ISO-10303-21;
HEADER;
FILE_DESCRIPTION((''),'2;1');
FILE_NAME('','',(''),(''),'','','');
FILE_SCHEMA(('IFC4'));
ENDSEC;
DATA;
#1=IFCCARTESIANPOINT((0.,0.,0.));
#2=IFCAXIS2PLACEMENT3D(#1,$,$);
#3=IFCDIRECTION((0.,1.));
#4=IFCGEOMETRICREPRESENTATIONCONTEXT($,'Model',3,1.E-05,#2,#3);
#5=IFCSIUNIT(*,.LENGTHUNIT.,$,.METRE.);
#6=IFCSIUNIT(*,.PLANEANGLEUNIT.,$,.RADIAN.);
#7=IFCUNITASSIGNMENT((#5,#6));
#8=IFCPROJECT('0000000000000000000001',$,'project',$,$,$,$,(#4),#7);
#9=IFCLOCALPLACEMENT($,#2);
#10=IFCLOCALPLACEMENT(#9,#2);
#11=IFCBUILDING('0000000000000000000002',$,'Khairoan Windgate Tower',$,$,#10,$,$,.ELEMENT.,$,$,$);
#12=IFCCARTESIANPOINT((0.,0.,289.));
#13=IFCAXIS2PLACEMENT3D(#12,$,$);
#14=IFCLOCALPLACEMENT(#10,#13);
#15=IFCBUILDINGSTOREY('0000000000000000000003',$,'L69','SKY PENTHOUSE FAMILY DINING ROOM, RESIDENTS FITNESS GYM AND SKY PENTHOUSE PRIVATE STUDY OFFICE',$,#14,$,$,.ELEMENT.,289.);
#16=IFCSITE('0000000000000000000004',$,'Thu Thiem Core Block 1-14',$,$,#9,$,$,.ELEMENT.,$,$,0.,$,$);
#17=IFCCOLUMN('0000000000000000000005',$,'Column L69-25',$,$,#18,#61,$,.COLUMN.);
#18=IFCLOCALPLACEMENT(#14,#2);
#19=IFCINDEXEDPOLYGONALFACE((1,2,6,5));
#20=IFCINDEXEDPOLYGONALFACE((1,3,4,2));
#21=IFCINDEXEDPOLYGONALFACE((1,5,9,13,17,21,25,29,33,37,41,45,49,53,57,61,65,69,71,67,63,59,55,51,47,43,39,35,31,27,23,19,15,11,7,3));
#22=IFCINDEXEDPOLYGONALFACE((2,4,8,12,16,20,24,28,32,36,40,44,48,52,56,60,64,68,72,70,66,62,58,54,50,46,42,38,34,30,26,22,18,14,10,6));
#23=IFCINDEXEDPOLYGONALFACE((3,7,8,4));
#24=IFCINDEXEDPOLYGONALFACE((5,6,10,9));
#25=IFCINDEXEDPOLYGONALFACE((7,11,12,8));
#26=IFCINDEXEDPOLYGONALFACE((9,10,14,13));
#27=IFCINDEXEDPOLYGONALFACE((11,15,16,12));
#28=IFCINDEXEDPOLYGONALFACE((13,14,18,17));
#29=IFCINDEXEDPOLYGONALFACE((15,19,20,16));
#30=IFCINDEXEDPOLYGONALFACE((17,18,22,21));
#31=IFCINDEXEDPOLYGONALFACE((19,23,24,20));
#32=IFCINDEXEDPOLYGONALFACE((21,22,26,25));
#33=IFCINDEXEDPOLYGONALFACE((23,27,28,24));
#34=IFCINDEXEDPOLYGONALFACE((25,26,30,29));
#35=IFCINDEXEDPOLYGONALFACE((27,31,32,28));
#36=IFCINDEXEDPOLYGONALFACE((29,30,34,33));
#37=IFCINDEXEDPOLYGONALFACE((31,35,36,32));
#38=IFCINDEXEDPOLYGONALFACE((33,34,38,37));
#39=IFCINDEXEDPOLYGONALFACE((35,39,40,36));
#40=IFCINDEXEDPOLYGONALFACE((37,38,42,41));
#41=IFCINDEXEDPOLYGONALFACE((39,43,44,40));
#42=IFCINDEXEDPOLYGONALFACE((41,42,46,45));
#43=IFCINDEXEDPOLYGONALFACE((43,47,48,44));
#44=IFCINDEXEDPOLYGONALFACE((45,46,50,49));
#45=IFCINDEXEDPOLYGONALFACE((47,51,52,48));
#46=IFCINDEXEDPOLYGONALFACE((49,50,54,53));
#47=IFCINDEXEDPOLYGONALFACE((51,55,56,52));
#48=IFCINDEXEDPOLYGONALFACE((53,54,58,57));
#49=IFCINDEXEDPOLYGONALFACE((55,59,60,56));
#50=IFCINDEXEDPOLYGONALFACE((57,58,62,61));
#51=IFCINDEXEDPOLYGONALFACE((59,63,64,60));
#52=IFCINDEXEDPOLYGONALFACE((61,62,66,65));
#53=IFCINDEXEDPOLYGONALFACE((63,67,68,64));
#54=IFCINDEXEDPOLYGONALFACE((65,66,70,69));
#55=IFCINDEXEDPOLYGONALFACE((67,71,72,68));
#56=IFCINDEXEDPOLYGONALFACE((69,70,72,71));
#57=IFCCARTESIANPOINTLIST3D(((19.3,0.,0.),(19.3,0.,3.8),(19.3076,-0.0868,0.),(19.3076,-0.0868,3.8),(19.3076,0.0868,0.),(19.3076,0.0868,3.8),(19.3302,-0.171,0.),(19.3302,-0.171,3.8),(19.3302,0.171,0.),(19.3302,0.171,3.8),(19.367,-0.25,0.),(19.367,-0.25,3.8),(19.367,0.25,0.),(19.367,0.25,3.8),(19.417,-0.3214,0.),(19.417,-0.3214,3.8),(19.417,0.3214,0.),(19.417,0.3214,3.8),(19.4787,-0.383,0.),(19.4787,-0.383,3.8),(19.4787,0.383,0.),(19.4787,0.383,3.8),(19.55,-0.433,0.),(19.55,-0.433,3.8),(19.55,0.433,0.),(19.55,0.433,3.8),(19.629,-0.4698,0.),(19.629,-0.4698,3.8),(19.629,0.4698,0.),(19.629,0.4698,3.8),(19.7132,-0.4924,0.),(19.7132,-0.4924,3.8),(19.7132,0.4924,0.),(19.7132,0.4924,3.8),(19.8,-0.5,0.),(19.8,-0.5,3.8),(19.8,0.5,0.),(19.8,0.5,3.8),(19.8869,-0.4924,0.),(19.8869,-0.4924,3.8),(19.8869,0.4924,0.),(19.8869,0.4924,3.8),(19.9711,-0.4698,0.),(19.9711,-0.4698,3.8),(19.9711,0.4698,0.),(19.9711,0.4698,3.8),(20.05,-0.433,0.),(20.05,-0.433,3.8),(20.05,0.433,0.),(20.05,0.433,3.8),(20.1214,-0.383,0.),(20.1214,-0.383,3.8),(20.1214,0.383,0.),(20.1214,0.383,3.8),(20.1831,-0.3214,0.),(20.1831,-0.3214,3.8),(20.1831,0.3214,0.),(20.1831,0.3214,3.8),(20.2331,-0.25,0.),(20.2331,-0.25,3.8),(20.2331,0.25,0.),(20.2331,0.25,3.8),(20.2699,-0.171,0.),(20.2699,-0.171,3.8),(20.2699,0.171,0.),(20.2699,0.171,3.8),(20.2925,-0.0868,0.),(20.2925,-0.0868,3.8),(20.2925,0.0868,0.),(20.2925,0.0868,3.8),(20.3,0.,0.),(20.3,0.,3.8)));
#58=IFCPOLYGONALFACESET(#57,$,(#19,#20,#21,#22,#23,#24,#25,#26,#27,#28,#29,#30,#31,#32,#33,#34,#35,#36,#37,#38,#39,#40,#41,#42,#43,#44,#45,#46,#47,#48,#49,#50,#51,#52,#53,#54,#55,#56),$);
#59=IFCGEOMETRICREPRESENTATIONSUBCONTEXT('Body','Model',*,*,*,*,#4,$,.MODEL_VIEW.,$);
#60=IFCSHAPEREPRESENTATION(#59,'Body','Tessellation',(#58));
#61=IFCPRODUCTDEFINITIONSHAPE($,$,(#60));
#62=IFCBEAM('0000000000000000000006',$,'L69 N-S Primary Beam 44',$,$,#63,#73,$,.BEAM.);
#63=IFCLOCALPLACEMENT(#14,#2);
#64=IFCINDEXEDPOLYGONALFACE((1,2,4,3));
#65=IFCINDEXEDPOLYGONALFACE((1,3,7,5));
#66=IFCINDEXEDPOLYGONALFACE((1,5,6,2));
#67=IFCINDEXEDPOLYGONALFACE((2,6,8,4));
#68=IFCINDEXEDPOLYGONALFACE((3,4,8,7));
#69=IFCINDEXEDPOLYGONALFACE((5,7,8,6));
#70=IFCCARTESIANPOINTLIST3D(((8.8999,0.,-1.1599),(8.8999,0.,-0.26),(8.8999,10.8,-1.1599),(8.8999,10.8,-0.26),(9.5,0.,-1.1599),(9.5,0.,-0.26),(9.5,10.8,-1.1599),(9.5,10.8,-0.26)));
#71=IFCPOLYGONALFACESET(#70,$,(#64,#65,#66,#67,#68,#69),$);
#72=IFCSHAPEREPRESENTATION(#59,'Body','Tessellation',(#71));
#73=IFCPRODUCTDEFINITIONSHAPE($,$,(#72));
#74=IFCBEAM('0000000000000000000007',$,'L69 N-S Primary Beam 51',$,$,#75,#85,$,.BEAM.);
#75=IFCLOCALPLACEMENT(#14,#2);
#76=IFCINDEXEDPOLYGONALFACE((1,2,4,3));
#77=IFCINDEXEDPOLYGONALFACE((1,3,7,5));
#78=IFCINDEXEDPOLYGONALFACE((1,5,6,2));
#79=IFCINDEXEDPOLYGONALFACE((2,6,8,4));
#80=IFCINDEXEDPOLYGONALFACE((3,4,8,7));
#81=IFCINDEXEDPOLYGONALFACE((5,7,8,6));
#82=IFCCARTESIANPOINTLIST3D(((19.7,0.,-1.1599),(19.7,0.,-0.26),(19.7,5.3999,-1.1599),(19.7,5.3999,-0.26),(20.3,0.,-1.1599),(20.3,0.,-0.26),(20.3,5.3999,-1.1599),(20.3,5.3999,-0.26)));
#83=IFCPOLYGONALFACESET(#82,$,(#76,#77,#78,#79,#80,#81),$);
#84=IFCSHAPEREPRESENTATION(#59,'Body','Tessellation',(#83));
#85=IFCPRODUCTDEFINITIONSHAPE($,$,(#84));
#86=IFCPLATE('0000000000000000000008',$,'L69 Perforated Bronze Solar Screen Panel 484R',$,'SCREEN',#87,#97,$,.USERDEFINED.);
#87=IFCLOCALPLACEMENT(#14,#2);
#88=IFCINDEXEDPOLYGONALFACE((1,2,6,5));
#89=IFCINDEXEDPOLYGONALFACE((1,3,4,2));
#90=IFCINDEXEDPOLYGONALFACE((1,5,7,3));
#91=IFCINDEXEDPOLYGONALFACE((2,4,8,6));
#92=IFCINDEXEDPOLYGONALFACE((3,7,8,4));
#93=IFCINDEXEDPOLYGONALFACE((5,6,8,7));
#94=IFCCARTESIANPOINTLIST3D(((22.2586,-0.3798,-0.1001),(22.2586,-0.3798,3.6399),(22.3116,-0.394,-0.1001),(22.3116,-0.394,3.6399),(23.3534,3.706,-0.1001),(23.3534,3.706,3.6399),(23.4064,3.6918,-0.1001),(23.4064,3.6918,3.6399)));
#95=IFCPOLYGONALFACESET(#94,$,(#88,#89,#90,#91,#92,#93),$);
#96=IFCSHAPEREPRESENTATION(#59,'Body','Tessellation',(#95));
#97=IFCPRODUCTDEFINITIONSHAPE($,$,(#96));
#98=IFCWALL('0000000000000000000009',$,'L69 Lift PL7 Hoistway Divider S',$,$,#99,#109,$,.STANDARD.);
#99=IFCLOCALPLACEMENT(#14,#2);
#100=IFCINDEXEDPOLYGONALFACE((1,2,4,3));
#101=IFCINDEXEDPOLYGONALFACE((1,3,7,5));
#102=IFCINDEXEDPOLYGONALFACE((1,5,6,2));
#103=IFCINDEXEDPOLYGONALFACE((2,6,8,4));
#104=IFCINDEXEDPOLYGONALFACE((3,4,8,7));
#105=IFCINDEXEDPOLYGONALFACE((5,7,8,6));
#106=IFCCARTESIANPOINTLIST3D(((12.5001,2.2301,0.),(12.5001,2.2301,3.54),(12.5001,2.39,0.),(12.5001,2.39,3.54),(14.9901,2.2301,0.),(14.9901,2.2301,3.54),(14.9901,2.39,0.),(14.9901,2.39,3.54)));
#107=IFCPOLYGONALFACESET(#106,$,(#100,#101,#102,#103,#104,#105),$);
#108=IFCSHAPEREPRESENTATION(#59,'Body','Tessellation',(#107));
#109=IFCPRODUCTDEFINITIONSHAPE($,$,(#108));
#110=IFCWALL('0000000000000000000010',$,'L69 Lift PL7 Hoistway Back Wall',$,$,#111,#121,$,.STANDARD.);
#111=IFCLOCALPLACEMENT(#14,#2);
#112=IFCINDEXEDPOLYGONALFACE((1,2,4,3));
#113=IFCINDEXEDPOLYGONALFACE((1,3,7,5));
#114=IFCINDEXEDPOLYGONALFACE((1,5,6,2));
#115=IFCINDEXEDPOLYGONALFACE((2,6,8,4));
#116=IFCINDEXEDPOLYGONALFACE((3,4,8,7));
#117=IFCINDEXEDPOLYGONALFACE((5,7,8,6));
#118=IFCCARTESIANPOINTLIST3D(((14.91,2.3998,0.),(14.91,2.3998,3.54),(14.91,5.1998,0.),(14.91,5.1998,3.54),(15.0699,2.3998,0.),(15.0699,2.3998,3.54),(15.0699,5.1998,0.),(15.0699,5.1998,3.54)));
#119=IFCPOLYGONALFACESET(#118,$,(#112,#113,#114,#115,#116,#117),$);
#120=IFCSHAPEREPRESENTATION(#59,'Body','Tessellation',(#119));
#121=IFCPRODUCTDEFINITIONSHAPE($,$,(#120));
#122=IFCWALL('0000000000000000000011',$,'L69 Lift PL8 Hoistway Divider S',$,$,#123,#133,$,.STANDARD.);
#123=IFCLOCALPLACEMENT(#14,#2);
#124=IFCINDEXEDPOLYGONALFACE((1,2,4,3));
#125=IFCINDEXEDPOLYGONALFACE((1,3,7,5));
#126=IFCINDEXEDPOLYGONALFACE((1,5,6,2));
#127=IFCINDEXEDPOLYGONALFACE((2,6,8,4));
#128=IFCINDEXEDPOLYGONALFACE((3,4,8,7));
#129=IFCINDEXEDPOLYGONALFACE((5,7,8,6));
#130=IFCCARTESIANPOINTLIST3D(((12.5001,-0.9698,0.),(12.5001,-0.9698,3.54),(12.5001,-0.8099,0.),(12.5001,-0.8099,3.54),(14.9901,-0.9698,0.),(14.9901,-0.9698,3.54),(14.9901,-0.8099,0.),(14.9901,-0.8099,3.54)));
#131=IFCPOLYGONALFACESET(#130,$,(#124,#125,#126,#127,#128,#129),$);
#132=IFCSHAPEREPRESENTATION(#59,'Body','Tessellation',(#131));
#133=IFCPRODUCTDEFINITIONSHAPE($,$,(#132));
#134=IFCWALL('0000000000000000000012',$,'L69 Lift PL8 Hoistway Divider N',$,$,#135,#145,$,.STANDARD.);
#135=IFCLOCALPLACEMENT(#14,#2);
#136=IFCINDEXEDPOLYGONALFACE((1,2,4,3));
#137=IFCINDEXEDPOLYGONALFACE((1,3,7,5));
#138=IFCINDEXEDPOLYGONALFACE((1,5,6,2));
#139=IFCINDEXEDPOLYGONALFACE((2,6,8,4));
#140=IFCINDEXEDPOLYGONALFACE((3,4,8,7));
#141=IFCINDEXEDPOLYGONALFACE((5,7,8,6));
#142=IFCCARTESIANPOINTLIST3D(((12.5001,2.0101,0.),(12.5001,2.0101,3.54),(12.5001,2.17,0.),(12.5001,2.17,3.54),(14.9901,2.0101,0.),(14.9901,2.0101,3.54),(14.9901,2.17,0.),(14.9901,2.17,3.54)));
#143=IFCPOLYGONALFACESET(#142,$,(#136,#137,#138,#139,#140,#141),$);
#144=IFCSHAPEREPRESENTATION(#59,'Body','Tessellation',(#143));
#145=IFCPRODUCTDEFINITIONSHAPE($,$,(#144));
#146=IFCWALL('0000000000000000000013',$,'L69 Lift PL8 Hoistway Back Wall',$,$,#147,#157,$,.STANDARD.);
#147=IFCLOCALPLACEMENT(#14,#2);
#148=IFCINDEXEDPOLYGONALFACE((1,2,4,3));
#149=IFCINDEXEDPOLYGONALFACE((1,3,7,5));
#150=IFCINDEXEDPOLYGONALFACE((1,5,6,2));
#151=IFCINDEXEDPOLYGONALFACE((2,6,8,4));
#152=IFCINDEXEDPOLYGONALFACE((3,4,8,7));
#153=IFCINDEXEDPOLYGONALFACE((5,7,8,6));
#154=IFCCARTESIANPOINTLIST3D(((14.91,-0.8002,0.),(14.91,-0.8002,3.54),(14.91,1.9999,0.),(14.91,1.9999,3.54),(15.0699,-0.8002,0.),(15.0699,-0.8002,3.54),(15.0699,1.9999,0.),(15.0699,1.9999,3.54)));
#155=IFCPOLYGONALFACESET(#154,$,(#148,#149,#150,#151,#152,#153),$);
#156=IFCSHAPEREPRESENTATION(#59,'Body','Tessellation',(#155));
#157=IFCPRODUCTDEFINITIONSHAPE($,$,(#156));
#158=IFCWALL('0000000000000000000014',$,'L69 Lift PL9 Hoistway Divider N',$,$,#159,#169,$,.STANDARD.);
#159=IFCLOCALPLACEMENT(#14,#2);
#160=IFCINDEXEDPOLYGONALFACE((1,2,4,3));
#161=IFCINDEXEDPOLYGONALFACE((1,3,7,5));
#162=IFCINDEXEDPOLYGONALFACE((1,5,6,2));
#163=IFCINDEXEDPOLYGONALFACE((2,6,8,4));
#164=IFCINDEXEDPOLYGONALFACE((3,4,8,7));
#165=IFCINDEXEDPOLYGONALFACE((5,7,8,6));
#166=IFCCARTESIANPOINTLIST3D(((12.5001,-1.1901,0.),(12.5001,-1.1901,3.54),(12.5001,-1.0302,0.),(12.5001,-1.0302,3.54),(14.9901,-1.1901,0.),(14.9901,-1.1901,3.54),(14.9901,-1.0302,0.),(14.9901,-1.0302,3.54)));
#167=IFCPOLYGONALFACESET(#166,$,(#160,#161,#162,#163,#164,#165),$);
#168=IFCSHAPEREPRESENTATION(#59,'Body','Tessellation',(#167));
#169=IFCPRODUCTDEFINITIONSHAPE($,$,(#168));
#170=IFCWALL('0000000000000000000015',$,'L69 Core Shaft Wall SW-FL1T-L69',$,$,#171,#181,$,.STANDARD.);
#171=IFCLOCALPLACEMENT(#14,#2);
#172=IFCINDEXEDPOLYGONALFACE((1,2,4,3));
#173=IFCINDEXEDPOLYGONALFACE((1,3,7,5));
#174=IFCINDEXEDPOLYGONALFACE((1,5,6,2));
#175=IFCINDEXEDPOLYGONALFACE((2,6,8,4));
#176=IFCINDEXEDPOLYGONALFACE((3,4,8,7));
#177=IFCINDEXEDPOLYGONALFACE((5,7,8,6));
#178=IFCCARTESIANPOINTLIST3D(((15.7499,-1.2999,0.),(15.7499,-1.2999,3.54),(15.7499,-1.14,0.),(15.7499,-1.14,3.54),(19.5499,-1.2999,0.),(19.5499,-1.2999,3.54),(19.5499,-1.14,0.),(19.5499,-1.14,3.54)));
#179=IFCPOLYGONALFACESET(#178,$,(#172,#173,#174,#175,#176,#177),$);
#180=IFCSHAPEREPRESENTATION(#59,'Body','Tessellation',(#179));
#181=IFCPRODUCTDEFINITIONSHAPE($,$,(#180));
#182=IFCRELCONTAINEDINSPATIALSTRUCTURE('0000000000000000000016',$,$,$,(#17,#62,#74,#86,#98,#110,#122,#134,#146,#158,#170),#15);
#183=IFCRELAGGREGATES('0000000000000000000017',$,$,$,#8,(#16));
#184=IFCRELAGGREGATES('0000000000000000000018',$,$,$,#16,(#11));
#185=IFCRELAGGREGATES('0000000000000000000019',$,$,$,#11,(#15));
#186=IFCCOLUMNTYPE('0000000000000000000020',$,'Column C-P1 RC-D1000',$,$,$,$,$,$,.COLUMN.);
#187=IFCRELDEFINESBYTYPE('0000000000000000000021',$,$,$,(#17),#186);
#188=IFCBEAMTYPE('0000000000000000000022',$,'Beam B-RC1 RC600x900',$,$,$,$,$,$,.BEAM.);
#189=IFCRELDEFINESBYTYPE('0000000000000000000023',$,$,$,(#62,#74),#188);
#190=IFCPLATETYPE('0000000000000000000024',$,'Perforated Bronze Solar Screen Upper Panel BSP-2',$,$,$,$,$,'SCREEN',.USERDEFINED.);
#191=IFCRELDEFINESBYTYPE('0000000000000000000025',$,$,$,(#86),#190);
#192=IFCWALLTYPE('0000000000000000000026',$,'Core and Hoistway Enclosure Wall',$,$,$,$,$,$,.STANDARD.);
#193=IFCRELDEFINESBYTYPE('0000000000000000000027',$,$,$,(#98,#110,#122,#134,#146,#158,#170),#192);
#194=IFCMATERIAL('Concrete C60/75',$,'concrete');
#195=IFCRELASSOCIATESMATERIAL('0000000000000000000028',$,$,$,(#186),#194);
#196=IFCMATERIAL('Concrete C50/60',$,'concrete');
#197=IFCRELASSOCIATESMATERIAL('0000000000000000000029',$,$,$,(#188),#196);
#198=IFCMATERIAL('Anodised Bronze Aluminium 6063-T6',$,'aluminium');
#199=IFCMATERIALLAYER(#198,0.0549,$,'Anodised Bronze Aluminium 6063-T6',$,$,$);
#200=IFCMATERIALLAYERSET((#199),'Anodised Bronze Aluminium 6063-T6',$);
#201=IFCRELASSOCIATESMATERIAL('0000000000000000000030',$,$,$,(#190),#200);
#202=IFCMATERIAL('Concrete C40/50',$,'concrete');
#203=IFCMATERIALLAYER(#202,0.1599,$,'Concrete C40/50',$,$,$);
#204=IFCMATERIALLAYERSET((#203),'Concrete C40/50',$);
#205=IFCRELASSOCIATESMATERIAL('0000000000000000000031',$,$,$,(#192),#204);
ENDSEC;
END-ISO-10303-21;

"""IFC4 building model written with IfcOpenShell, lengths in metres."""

from ifc_helpers import new_model, si_unit, direction, frame, frame_2d, origin, origin_2d, place, context, subcontext, project, spatial, rectangle, circle, extrude, material, layer, layer_set, material_profile, profile_set, type_object, element, save


model = new_model("IFC4")

# Units and contexts
model_context = context("Model", 3, precision=1e-05, world=origin(), true_north=direction((0.0, 1.0)))
body_context = subcontext(model_context, "Body", "Model", "MODEL_VIEW")
ifc_project = project(units=[si_unit("LENGTHUNIT", "METRE"), si_unit("PLANEANGLEUNIT", "RADIAN")], contexts=[model_context])

# Site, building, storey
site_placement = place(None, origin())
site = spatial("IfcSite", under=ifc_project, at=site_placement, Name="Thu Thiem Core Block 1-14", CompositionType="ELEMENT", RefElevation=0.0)
building_placement = place(site_placement, origin())
building = spatial("IfcBuilding", under=site, at=building_placement, Name="Khairoan Windgate Tower", CompositionType="ELEMENT")
storey_placement = place(building_placement, frame((0.0, 0.0, 289.0)))
storey = spatial("IfcBuildingStorey", under=building, at=storey_placement, Name="L69", Description="SKY PENTHOUSE FAMILY DINING ROOM, RESIDENTS FITNESS GYM AND SKY PENTHOUSE PRIVATE STUDY OFFICE", CompositionType="ELEMENT", Elevation=289.0)

# Column
ifc_material_1 = material(Name="Concrete C60/75", Category="concrete")
ifc_material_profile_1 = material_profile(ifc_material_1, circle(Radius=0.5, at=origin_2d()))
ifc_profile_set_1 = profile_set([ifc_material_profile_1], Name="Concrete C60/75")
column_type = type_object("IfcColumnType", Name="Column C-P1 RC-D1000", PredefinedType="COLUMN", material=ifc_profile_set_1)
column_placement = place(storey_placement, frame((19.8, 0.0, 0.0), z_axis=(0.0, 0.0, 1.0), x_axis=(1.0, 0.0, 0.0)))
element("IfcColumn", 1, at=column_placement, inside=storey, type_object=column_type, Name="Column L69-25", PredefinedType="COLUMN", context=body_context, shape_type="SweptSolid", body=[
    extrude(circle(Radius=0.5, at=origin_2d()), origin(), (0.0, 0.0, 1.0), 3.8),
])

# Beams
ifc_material_2 = material(Name="Concrete C50/60", Category="concrete")
ifc_material_profile_2 = material_profile(ifc_material_2, rectangle(XDim=0.6001, YDim=0.8999, at=origin_2d()))
ifc_profile_set_2 = profile_set([ifc_material_profile_2], Name="Concrete C50/60")
beam_type = type_object("IfcBeamType", Name="Beam B-RC1 RC600x900", PredefinedType="BEAM", material=ifc_profile_set_2)
beam_1_placement = place(storey_placement, frame((9.2, 0.0, -0.71), z_axis=(0.0, 1.0, 0.0), x_axis=(-1.0, 0.0, 0.0)))
element("IfcBeam", 2, at=beam_1_placement, inside=storey, type_object=beam_type, Name="L69 N-S Primary Beam 44", PredefinedType="BEAM", context=body_context, shape_type="SweptSolid", body=[
    extrude(rectangle(XDim=0.6001, YDim=0.8999, at=origin_2d()), origin(), (0.0, 0.0, 1.0), 10.8),
])
beam_2_placement = place(storey_placement, frame((20.0, 0.0, -0.71), z_axis=(0.0, 1.0, 0.0), x_axis=(-1.0, 0.0, 0.0)))
element("IfcBeam", 3, at=beam_2_placement, inside=storey, type_object=beam_type, Name="L69 N-S Primary Beam 51", PredefinedType="BEAM", context=body_context, shape_type="SweptSolid", body=[
    extrude(rectangle(XDim=0.6001, YDim=0.8999, at=origin_2d()), origin(), (0.0, 0.0, 1.0), 5.3999),
])

# Plate
ifc_material_3 = material(Name="Anodised Bronze Aluminium 6063-T6", Category="aluminium")
ifc_layer_1 = layer(ifc_material_3, 0.0549, Name="Anodised Bronze Aluminium 6063-T6")
ifc_layer_set_1 = layer_set([ifc_layer_1], Name="Anodised Bronze Aluminium 6063-T6")
plate_type = type_object("IfcPlateType", Name="Perforated Bronze Solar Screen Upper Panel BSP-2", ElementType="SCREEN", PredefinedType="USERDEFINED", material=ifc_layer_set_1)
plate_placement = place(storey_placement, frame((22.8325, 1.656, -0.1001), z_axis=(0.0, 0.0, 1.0), x_axis=(-0.258819, -0.965926, 0.0)))
element("IfcPlate", 4, at=plate_placement, inside=storey, type_object=plate_type, Name="L69 Perforated Bronze Solar Screen Panel 484R", ObjectType="SCREEN", PredefinedType="USERDEFINED", context=body_context, shape_type="SweptSolid", body=[
    extrude(rectangle(XDim=4.23, YDim=0.0549, at=origin_2d()), origin(), (0.0, 0.0, 1.0), 3.74),
])

# Walls
ifc_material_4 = material(Name="Concrete C40/50", Category="concrete")
ifc_layer_2 = layer(ifc_material_4, 0.1599, Name="Concrete C40/50")
ifc_layer_set_2 = layer_set([ifc_layer_2], Name="Concrete C40/50")
wall_type_1 = type_object("IfcWallType", Name="Core and Hoistway Enclosure Wall", PredefinedType="STANDARD", material=ifc_layer_set_2)
wall_1_placement = place(storey_placement, frame((12.5, 2.3101, 0.0), z_axis=(0.0, 0.0, 1.0), x_axis=(1.0, 0.0, 0.0)))
element("IfcWall", 5, at=wall_1_placement, inside=storey, type_object=wall_type_1, Name="L69 Lift PL7 Hoistway Divider S", PredefinedType="STANDARD", context=body_context, shape_type="SweptSolid", body=[
    extrude(rectangle(XDim=2.49, YDim=0.1599, at=frame_2d((1.2451, 0.0))), origin(), (0.0, 0.0, 1.0), 3.54),
])
wall_2_placement = place(storey_placement, frame((14.99, 2.3999, 0.0), z_axis=(0.0, 0.0, 1.0), x_axis=(0.0, 1.0, 0.0)))
element("IfcWall", 6, at=wall_2_placement, inside=storey, type_object=wall_type_1, Name="L69 Lift PL7 Hoistway Back Wall", PredefinedType="STANDARD", context=body_context, shape_type="SweptSolid", body=[
    extrude(rectangle(XDim=2.8, YDim=0.1599, at=frame_2d((1.3999, 0.0))), origin(), (0.0, 0.0, 1.0), 3.54),
])
for number, where, z_axis, x_axis, name in (
    (7, (12.5, -0.8899, 0.0), (0.0, 0.0, 1.0), (1.0, 0.0, 0.0), "L69 Lift PL8 Hoistway Divider S"),
    (8, (12.5, 2.0901, 0.0), (0.0, 0.0, 1.0), (1.0, 0.0, 0.0), "L69 Lift PL8 Hoistway Divider N"),
):
    element("IfcWall", number, at=place(storey_placement, frame(where, z_axis=z_axis, x_axis=x_axis)), inside=storey, type_object=wall_type_1, Name=name, PredefinedType="STANDARD", context=body_context, shape_type="SweptSolid", body=[
        extrude(rectangle(XDim=2.49, YDim=0.1599, at=frame_2d((1.2451, 0.0))), origin(), (0.0, 0.0, 1.0), 3.54),
    ])
wall_3_placement = place(storey_placement, frame((14.99, -0.8, 0.0), z_axis=(0.0, 0.0, 1.0), x_axis=(0.0, 1.0, 0.0)))
element("IfcWall", 9, at=wall_3_placement, inside=storey, type_object=wall_type_1, Name="L69 Lift PL8 Hoistway Back Wall", PredefinedType="STANDARD", context=body_context, shape_type="SweptSolid", body=[
    extrude(rectangle(XDim=2.8, YDim=0.1599, at=frame_2d((1.3999, 0.0))), origin(), (0.0, 0.0, 1.0), 3.54),
])
wall_4_placement = place(storey_placement, frame((12.5, -1.1101, 0.0), z_axis=(0.0, 0.0, 1.0), x_axis=(1.0, 0.0, 0.0)))
element("IfcWall", 10, at=wall_4_placement, inside=storey, type_object=wall_type_1, Name="L69 Lift PL9 Hoistway Divider N", PredefinedType="STANDARD", context=body_context, shape_type="SweptSolid", body=[
    extrude(rectangle(XDim=2.49, YDim=0.1599, at=frame_2d((1.2451, 0.0))), origin(), (0.0, 0.0, 1.0), 3.54),
])
wall_5_placement = place(storey_placement, frame((15.75, -1.22, 0.0), z_axis=(0.0, 0.0, 1.0), x_axis=(1.0, 0.0, 0.0)))
element("IfcWall", 11, at=wall_5_placement, inside=storey, type_object=wall_type_1, Name="L69 Core Shaft Wall SW-FL1T-L69", PredefinedType="STANDARD", context=body_context, shape_type="SweptSolid", body=[
    extrude(rectangle(XDim=3.8, YDim=0.1599, at=frame_2d((1.8999, 0.0))), origin(), (0.0, 0.0, 1.0), 3.54),
])

save(model, "model.ifc")
